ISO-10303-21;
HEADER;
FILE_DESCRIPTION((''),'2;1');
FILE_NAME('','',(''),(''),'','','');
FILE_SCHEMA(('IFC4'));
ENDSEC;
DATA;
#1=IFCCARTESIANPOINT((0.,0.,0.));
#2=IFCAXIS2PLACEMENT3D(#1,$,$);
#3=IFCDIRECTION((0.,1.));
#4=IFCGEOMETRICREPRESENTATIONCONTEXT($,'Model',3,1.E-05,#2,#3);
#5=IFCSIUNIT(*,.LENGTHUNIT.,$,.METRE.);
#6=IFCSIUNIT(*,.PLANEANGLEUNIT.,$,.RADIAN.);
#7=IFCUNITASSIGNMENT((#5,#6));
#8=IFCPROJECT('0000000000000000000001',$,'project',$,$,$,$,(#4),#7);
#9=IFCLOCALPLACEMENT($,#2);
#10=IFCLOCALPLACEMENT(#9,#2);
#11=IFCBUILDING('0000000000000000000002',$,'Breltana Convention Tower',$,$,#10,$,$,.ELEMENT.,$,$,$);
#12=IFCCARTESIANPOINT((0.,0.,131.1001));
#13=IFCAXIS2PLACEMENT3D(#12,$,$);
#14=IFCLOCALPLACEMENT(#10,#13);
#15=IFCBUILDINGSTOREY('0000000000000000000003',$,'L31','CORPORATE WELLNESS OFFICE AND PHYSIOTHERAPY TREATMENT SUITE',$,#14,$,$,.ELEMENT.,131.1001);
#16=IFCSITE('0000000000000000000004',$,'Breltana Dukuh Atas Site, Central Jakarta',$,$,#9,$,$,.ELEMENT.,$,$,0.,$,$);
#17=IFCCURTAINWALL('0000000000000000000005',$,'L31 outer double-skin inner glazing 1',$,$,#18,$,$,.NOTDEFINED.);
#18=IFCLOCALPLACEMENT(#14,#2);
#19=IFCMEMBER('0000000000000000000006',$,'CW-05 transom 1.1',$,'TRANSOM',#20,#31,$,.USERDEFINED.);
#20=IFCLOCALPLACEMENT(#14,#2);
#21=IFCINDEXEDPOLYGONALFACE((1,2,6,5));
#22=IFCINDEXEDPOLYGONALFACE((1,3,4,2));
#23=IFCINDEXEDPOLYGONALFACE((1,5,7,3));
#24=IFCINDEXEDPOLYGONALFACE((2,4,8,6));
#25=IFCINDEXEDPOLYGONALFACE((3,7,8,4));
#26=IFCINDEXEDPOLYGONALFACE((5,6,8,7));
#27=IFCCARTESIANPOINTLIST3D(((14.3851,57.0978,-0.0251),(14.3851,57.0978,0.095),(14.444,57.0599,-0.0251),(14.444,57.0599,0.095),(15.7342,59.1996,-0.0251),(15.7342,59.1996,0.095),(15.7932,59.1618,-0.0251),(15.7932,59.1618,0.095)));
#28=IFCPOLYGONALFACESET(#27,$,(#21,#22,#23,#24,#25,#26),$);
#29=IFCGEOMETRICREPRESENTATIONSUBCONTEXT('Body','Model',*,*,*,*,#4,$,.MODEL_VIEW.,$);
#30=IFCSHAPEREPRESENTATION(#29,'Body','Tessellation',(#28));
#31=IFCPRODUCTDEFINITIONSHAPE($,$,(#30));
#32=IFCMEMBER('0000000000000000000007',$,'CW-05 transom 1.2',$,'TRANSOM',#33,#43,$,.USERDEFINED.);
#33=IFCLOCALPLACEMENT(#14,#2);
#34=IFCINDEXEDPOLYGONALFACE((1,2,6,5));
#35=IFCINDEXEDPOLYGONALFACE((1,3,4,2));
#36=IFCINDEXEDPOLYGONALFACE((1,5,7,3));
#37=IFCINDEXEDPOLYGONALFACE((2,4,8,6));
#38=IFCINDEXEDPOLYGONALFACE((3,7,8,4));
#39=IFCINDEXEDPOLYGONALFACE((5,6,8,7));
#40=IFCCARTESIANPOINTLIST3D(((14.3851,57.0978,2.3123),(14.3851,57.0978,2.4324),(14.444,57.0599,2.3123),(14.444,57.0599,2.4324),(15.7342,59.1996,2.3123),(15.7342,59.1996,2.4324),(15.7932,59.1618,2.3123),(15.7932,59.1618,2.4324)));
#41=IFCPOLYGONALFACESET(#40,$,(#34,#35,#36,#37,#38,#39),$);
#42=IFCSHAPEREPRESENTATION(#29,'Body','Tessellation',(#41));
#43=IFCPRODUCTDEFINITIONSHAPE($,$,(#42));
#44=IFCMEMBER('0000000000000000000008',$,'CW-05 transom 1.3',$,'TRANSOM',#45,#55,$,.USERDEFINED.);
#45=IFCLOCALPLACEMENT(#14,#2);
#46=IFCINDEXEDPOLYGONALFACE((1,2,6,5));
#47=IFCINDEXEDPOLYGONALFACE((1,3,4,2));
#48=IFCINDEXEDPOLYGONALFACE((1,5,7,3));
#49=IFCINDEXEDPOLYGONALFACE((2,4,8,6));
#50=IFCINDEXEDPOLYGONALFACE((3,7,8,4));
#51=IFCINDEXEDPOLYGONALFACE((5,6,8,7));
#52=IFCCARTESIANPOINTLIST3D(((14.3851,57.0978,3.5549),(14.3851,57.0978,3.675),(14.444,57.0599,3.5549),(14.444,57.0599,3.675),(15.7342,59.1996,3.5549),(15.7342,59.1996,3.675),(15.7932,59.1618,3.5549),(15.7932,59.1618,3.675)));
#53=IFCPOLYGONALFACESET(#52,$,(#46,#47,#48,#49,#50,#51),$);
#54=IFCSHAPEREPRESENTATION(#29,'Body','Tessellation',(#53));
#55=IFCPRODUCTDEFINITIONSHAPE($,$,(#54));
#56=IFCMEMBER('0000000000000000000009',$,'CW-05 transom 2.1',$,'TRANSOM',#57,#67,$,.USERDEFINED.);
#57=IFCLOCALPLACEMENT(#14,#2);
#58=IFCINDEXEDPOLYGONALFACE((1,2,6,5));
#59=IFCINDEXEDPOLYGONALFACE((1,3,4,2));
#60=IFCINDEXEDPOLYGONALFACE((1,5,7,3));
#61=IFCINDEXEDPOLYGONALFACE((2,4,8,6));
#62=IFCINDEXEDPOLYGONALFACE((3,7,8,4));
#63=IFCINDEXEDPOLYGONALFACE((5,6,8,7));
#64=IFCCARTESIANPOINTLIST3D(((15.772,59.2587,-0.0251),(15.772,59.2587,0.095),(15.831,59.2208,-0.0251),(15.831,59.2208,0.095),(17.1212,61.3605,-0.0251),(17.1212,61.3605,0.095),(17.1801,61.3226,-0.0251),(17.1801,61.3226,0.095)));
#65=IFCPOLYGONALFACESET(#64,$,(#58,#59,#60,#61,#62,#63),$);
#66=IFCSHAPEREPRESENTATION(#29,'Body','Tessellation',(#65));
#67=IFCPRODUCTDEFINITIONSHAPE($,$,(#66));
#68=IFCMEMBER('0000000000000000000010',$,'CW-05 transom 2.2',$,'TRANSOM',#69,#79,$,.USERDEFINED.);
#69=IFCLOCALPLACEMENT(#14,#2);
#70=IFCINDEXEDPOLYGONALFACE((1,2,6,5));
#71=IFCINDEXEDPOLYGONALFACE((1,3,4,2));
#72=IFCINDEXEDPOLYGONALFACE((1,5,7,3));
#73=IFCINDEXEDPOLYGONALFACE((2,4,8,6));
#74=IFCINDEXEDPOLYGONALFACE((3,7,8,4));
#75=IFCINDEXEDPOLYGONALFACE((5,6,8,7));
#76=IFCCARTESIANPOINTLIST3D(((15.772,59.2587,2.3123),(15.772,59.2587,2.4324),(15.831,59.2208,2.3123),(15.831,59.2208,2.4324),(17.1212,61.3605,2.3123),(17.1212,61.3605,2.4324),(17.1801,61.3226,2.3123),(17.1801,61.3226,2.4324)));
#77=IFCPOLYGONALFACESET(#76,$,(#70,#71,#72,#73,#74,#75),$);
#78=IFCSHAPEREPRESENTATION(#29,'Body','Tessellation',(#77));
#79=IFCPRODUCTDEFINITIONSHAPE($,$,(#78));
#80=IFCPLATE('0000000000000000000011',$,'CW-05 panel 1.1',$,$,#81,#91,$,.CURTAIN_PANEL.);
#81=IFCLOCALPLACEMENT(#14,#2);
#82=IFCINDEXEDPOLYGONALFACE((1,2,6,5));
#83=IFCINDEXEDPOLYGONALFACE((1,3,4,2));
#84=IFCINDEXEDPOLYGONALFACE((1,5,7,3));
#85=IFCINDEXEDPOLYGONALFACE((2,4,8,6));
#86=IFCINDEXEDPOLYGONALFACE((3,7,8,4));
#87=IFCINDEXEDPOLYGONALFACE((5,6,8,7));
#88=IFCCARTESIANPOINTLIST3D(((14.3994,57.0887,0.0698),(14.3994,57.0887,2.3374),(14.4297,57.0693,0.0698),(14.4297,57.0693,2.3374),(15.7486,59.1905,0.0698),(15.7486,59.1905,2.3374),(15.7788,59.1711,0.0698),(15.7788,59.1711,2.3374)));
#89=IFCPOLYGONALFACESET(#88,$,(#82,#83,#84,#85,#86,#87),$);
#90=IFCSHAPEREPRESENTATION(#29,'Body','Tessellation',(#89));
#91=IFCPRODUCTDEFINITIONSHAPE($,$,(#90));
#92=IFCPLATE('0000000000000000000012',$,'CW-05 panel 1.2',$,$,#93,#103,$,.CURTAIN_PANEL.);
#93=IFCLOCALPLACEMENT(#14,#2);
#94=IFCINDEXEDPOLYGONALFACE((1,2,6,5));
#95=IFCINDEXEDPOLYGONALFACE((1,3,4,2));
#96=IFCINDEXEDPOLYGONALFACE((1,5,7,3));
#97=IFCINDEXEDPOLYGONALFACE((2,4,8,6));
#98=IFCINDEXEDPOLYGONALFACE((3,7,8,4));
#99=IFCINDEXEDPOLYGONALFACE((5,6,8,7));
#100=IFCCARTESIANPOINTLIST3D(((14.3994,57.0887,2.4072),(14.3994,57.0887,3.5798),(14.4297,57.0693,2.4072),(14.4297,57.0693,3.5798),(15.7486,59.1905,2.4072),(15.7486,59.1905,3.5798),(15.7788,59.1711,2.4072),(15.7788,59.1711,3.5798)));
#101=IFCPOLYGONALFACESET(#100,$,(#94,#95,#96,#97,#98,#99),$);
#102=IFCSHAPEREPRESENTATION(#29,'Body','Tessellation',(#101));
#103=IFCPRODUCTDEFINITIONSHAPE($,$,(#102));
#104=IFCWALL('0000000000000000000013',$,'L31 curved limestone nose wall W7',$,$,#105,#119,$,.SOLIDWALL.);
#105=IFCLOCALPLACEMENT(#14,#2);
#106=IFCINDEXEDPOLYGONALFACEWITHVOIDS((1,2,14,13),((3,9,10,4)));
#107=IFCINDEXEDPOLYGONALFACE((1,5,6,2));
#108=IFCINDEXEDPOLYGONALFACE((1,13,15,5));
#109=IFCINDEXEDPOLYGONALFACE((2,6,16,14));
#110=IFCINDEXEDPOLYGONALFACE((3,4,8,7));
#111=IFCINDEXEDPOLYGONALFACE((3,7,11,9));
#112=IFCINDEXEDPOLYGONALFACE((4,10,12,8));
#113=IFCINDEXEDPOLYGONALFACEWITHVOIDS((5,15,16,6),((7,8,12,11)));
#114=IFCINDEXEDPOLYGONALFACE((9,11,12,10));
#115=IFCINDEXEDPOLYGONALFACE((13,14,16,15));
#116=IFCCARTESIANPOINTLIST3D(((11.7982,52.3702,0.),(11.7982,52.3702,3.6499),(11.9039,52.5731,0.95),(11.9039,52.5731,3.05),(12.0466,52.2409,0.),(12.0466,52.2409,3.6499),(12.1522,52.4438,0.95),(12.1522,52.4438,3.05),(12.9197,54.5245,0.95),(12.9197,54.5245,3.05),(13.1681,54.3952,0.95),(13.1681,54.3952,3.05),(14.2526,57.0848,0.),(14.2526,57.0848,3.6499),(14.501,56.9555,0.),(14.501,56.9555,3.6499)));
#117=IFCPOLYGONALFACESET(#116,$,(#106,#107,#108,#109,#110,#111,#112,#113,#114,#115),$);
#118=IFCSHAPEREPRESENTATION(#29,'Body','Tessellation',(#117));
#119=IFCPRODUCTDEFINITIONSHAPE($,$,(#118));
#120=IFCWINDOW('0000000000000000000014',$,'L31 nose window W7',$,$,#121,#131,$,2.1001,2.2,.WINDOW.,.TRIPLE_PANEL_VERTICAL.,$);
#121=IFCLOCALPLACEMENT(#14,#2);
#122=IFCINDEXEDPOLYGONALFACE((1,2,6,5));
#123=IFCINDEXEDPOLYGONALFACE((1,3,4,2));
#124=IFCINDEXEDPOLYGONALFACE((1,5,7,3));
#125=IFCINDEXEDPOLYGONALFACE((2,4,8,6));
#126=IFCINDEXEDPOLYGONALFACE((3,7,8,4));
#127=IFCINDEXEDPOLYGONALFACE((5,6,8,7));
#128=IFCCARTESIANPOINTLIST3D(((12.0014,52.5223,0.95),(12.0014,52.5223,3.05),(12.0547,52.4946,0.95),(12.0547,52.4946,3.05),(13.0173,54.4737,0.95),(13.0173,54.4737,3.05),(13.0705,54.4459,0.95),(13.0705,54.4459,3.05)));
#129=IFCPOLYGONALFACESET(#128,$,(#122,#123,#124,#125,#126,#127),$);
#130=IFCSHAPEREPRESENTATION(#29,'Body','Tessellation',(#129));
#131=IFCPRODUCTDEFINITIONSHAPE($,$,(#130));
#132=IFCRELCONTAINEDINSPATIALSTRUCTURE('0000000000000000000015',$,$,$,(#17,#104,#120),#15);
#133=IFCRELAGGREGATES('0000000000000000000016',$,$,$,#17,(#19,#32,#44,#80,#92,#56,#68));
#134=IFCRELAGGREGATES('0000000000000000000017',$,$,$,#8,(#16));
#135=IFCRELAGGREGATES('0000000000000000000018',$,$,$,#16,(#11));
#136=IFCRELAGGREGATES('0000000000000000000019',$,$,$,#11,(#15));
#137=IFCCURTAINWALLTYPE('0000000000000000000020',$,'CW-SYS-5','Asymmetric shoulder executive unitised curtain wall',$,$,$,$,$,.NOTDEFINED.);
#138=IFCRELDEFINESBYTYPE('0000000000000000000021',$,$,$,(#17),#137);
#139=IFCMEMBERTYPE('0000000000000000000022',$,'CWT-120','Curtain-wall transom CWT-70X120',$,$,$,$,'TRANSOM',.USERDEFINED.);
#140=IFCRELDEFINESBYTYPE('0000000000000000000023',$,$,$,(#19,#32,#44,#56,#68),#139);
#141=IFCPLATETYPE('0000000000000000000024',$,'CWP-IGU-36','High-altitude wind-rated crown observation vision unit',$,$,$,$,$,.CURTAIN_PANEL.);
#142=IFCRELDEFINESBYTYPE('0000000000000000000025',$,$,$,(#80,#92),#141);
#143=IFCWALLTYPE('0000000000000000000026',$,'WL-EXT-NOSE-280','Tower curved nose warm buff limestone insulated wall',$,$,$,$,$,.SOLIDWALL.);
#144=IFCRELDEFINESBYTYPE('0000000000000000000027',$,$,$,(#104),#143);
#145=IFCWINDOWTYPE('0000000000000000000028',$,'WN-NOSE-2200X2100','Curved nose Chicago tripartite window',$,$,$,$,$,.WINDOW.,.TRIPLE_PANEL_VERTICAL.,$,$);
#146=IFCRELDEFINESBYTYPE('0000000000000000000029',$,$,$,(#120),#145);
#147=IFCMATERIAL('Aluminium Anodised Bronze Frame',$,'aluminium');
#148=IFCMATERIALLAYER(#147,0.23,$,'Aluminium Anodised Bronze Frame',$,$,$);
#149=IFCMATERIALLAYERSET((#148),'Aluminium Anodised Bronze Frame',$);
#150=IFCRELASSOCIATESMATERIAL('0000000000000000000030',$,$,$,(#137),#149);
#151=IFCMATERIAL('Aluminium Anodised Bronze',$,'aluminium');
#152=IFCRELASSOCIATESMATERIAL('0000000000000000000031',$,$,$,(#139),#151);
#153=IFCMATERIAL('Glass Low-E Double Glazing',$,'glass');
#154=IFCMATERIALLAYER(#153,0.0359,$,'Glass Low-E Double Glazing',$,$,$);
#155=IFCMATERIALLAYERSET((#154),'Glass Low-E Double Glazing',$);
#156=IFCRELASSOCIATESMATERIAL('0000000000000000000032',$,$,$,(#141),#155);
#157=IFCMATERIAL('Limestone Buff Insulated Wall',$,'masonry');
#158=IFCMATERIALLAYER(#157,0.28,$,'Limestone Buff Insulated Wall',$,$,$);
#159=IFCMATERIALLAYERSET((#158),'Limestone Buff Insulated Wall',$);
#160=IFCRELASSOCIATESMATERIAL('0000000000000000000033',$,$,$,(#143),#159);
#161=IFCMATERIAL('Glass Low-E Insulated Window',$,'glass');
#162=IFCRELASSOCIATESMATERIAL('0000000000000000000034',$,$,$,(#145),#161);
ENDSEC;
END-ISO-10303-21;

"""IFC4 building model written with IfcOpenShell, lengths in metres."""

from ifc_helpers import new_model, si_unit, direction, frame, frame_2d, origin, origin_2d, place, context, subcontext, project, spatial, rectangle, extrude, source, transform, mapped, material, layer, layer_set, material_profile, profile_set, type_object, type_shapes, element, fill, aggregate, save


model = new_model("IFC4")

# Units and contexts
model_context = context("Model", 3, precision=1e-05, world=origin(), true_north=direction((0.0, 1.0)))
body_context = subcontext(model_context, "Body", "Model", "MODEL_VIEW")
ifc_project = project(units=[si_unit("LENGTHUNIT", "METRE"), si_unit("PLANEANGLEUNIT", "RADIAN")], contexts=[model_context])

# Site, building, storey
site_placement = place(None, origin())
site = spatial("IfcSite", under=ifc_project, at=site_placement, Name="Breltana Dukuh Atas Site, Central Jakarta", CompositionType="ELEMENT", RefElevation=0.0)
building_placement = place(site_placement, origin())
building = spatial("IfcBuilding", under=site, at=building_placement, Name="Breltana Convention Tower", CompositionType="ELEMENT")
storey_placement = place(building_placement, frame((0.0, 0.0, 131.1001)))
storey = spatial("IfcBuildingStorey", under=building, at=storey_placement, Name="L31", Description="CORPORATE WELLNESS OFFICE AND PHYSIOTHERAPY TREATMENT SUITE", CompositionType="ELEMENT", Elevation=131.1001)

# Curtain wall, members, plates
ifc_material_1 = material(Name="Aluminium Anodised Bronze Frame", Category="aluminium")
ifc_layer_1 = layer(ifc_material_1, 0.23, Name="Aluminium Anodised Bronze Frame")
ifc_layer_set_1 = layer_set([ifc_layer_1], Name="Aluminium Anodised Bronze Frame")
curtain_wall_type = type_object("IfcCurtainWallType", Name="CW-SYS-5", Description="Asymmetric shoulder executive unitised curtain wall", PredefinedType="NOTDEFINED", material=ifc_layer_set_1)
curtain_wall_placement = place(storey_placement, origin())
curtain_wall = element("IfcCurtainWall", 1, at=curtain_wall_placement, inside=storey, type_object=curtain_wall_type, Name="L31 outer double-skin inner glazing 1", PredefinedType="NOTDEFINED")
ifc_material_2 = material(Name="Aluminium Anodised Bronze", Category="aluminium")
ifc_material_profile_1 = material_profile(ifc_material_2, rectangle(XDim=0.0701, YDim=0.1201, at=origin_2d()), Name="CWT-70X120")
ifc_profile_set_1 = profile_set([ifc_material_profile_1], Name="Aluminium Anodised Bronze")
member_type_1 = type_object("IfcMemberType", Name="CWT-120", Description="Curtain-wall transom CWT-70X120", ElementType="TRANSOM", PredefinedType="USERDEFINED", material=ifc_profile_set_1)
shared_shape_1 = source(origin(), body_context, "Body", "SweptSolid", [
    extrude(rectangle(XDim=0.0701, YDim=0.1201, at=origin_2d()), origin(), (0.0, 0.0, 1.0), 2.4976),
])
member_1_placement = place(storey_placement, frame((14.4146, 57.0789, 0.0349), z_axis=(0.540179, 0.84155, 0.0), x_axis=(-0.84155, 0.540179, 0.0)))
member_1 = element("IfcMember", 2, at=member_1_placement, type_object=member_type_1, Name="CW-05 transom 1.1", ObjectType="TRANSOM", PredefinedType="USERDEFINED", context=body_context, shape_type="MappedRepresentation", body=[
    mapped(shared_shape_1, transform((0.0, 0.0, 0.0), scale=1.0)),
])
member_2_placement = place(storey_placement, frame((14.4146, 57.0789, 2.3723), z_axis=(0.540179, 0.84155, 0.0), x_axis=(-0.84155, 0.540179, 0.0)))
member_2 = element("IfcMember", 3, at=member_2_placement, type_object=member_type_1, Name="CW-05 transom 1.2", ObjectType="TRANSOM", PredefinedType="USERDEFINED", context=body_context, shape_type="MappedRepresentation", body=[
    mapped(shared_shape_1, transform((0.0, 0.0, 0.0), scale=1.0)),
])
member_3_placement = place(storey_placement, frame((14.4146, 57.0789, 3.615), z_axis=(0.540179, 0.84155, 0.0), x_axis=(-0.84155, 0.540179, 0.0)))
member_3 = element("IfcMember", 4, at=member_3_placement, type_object=member_type_1, Name="CW-05 transom 1.3", ObjectType="TRANSOM", PredefinedType="USERDEFINED", context=body_context, shape_type="MappedRepresentation", body=[
    mapped(shared_shape_1, transform((0.0, 0.0, 0.0), scale=1.0)),
])
member_4_placement = place(storey_placement, frame((15.8015, 59.2397, 0.0349), z_axis=(0.540179, 0.84155, 0.0), x_axis=(-0.84155, 0.540179, 0.0)))
member_4 = element("IfcMember", 5, at=member_4_placement, type_object=member_type_1, Name="CW-05 transom 2.1", ObjectType="TRANSOM", PredefinedType="USERDEFINED", context=body_context, shape_type="MappedRepresentation", body=[
    mapped(shared_shape_1, transform((0.0, 0.0, 0.0), scale=1.0)),
])
member_5_placement = place(storey_placement, frame((15.8015, 59.2397, 2.3723), z_axis=(0.540179, 0.84155, 0.0), x_axis=(-0.84155, 0.540179, 0.0)))
member_5 = element("IfcMember", 6, at=member_5_placement, type_object=member_type_1, Name="CW-05 transom 2.2", ObjectType="TRANSOM", PredefinedType="USERDEFINED", context=body_context, shape_type="MappedRepresentation", body=[
    mapped(shared_shape_1, transform((0.0, 0.0, 0.0), scale=1.0)),
])
ifc_material_3 = material(Name="Glass Low-E Double Glazing", Category="glass")
ifc_layer_2 = layer(ifc_material_3, 0.0359, Name="Glass Low-E Double Glazing")
ifc_layer_set_2 = layer_set([ifc_layer_2], Name="Glass Low-E Double Glazing")
plate_type = type_object("IfcPlateType", Name="CWP-IGU-36", Description="High-altitude wind-rated crown observation vision unit", PredefinedType="CURTAIN_PANEL", material=ifc_layer_set_2)
shared_shape_2 = source(origin(), body_context, "Body", "SweptSolid", [
    extrude(rectangle(XDim=2.4976, YDim=0.0359, at=origin_2d()), origin(), (0.0, 0.0, 1.0), 2.2676),
])
plate_1_placement = place(storey_placement, frame((15.0891, 58.1299, 0.0698), z_axis=(0.0, 0.0, 1.0), x_axis=(0.540177, 0.841552, 0.0)))
plate_1 = element("IfcPlate", 7, at=plate_1_placement, type_object=plate_type, Name="CW-05 panel 1.1", PredefinedType="CURTAIN_PANEL", context=body_context, shape_type="MappedRepresentation", body=[
    mapped(shared_shape_2, transform((0.0, 0.0, 0.0), scale=1.0)),
])
shared_shape_3 = source(origin(), body_context, "Body", "SweptSolid", [
    extrude(rectangle(XDim=2.4976, YDim=0.0359, at=origin_2d()), origin(), (0.0, 0.0, 1.0), 1.1726),
])
plate_2_placement = place(storey_placement, frame((15.0891, 58.1299, 2.4072), z_axis=(0.0, 0.0, 1.0), x_axis=(0.540177, 0.841552, 0.0)))
plate_2 = element("IfcPlate", 8, at=plate_2_placement, type_object=plate_type, Name="CW-05 panel 1.2", PredefinedType="CURTAIN_PANEL", context=body_context, shape_type="MappedRepresentation", body=[
    mapped(shared_shape_3, transform((0.0, 0.0, 0.0), scale=1.0)),
])
aggregate(curtain_wall, [member_1, member_2, member_3, plate_1, plate_2, member_4, member_5])

# Wall, opening, window
ifc_material_4 = material(Name="Limestone Buff Insulated Wall", Category="masonry")
ifc_layer_3 = layer(ifc_material_4, 0.28, Name="Limestone Buff Insulated Wall")
ifc_layer_set_3 = layer_set([ifc_layer_3], Name="Limestone Buff Insulated Wall")
wall_type = type_object("IfcWallType", Name="WL-EXT-NOSE-280", Description="Tower curved nose warm buff limestone insulated wall", PredefinedType="SOLIDWALL", material=ifc_layer_set_3)
shared_shape_4 = source(origin(), body_context, "Body", "SweptSolid", [
    extrude(rectangle(XDim=5.3152, YDim=0.28, at=frame_2d((2.6577, 0.0))), origin(), (0.0, 0.0, 1.0), 3.6499),
])
wall_placement = place(storey_placement, frame((11.9224, 52.3054, 0.0), z_axis=(0.0, 0.0, 1.0), x_axis=(0.461761, 0.887005, 0.0)))
wall = element("IfcWall", 9, at=wall_placement, inside=storey, type_object=wall_type, Name="L31 curved limestone nose wall W7", PredefinedType="SOLIDWALL", context=body_context, shape_type="MappedRepresentation", body=[
    mapped(shared_shape_4, transform((0.0, 0.0, 0.0), scale=1.0)),
])
opening_placement = place(wall_placement, frame((0.2288, 0.0, 0.95)))
opening = element("IfcOpeningElement", 10, at=opening_placement, cuts=wall, PredefinedType="OPENING", context=body_context, shape_type="SweptSolid", body=[
    extrude(rectangle(XDim=2.2, YDim=2.1001, at=frame_2d((1.1001, 1.05))), frame((0.0, 0.1499, 0.0), z_axis=(0.0, -1.0, 0.0), x_axis=(1.0, 0.0, 0.0)), (0.0, 0.0, 1.0), 0.3),
])
ifc_material_5 = material(Name="Glass Low-E Insulated Window", Category="glass")
window_type = type_object("IfcWindowType", Name="WN-NOSE-2200X2100", Description="Curved nose Chicago tripartite window", PartitioningType="TRIPLE_PANEL_VERTICAL", PredefinedType="WINDOW", material=ifc_material_5)
shared_shape_5 = source(origin(), body_context, "Body", "SweptSolid", [
    extrude(rectangle(XDim=2.2, YDim=2.1001, at=frame_2d((1.1001, 1.05))), frame((0.0, 0.03, 0.0), z_axis=(0.0, -1.0, 0.0), x_axis=(1.0, 0.0, 0.0)), (0.0, 0.0, 1.0), 0.0601),
])
type_shapes(window_type, [shared_shape_5])
window_placement = place(opening_placement, origin())
window = element("IfcWindow", 11, at=window_placement, inside=storey, type_object=window_type, Name="L31 nose window W7", OverallHeight=2.1001, OverallWidth=2.2, PartitioningType="TRIPLE_PANEL_VERTICAL", PredefinedType="WINDOW", context=body_context, shape_type="MappedRepresentation", body=[
    mapped(shared_shape_5, transform((0.0, 0.0, 0.0), scale=1.0)),
])
fill(opening, window)

save(model, "model.ifc")
